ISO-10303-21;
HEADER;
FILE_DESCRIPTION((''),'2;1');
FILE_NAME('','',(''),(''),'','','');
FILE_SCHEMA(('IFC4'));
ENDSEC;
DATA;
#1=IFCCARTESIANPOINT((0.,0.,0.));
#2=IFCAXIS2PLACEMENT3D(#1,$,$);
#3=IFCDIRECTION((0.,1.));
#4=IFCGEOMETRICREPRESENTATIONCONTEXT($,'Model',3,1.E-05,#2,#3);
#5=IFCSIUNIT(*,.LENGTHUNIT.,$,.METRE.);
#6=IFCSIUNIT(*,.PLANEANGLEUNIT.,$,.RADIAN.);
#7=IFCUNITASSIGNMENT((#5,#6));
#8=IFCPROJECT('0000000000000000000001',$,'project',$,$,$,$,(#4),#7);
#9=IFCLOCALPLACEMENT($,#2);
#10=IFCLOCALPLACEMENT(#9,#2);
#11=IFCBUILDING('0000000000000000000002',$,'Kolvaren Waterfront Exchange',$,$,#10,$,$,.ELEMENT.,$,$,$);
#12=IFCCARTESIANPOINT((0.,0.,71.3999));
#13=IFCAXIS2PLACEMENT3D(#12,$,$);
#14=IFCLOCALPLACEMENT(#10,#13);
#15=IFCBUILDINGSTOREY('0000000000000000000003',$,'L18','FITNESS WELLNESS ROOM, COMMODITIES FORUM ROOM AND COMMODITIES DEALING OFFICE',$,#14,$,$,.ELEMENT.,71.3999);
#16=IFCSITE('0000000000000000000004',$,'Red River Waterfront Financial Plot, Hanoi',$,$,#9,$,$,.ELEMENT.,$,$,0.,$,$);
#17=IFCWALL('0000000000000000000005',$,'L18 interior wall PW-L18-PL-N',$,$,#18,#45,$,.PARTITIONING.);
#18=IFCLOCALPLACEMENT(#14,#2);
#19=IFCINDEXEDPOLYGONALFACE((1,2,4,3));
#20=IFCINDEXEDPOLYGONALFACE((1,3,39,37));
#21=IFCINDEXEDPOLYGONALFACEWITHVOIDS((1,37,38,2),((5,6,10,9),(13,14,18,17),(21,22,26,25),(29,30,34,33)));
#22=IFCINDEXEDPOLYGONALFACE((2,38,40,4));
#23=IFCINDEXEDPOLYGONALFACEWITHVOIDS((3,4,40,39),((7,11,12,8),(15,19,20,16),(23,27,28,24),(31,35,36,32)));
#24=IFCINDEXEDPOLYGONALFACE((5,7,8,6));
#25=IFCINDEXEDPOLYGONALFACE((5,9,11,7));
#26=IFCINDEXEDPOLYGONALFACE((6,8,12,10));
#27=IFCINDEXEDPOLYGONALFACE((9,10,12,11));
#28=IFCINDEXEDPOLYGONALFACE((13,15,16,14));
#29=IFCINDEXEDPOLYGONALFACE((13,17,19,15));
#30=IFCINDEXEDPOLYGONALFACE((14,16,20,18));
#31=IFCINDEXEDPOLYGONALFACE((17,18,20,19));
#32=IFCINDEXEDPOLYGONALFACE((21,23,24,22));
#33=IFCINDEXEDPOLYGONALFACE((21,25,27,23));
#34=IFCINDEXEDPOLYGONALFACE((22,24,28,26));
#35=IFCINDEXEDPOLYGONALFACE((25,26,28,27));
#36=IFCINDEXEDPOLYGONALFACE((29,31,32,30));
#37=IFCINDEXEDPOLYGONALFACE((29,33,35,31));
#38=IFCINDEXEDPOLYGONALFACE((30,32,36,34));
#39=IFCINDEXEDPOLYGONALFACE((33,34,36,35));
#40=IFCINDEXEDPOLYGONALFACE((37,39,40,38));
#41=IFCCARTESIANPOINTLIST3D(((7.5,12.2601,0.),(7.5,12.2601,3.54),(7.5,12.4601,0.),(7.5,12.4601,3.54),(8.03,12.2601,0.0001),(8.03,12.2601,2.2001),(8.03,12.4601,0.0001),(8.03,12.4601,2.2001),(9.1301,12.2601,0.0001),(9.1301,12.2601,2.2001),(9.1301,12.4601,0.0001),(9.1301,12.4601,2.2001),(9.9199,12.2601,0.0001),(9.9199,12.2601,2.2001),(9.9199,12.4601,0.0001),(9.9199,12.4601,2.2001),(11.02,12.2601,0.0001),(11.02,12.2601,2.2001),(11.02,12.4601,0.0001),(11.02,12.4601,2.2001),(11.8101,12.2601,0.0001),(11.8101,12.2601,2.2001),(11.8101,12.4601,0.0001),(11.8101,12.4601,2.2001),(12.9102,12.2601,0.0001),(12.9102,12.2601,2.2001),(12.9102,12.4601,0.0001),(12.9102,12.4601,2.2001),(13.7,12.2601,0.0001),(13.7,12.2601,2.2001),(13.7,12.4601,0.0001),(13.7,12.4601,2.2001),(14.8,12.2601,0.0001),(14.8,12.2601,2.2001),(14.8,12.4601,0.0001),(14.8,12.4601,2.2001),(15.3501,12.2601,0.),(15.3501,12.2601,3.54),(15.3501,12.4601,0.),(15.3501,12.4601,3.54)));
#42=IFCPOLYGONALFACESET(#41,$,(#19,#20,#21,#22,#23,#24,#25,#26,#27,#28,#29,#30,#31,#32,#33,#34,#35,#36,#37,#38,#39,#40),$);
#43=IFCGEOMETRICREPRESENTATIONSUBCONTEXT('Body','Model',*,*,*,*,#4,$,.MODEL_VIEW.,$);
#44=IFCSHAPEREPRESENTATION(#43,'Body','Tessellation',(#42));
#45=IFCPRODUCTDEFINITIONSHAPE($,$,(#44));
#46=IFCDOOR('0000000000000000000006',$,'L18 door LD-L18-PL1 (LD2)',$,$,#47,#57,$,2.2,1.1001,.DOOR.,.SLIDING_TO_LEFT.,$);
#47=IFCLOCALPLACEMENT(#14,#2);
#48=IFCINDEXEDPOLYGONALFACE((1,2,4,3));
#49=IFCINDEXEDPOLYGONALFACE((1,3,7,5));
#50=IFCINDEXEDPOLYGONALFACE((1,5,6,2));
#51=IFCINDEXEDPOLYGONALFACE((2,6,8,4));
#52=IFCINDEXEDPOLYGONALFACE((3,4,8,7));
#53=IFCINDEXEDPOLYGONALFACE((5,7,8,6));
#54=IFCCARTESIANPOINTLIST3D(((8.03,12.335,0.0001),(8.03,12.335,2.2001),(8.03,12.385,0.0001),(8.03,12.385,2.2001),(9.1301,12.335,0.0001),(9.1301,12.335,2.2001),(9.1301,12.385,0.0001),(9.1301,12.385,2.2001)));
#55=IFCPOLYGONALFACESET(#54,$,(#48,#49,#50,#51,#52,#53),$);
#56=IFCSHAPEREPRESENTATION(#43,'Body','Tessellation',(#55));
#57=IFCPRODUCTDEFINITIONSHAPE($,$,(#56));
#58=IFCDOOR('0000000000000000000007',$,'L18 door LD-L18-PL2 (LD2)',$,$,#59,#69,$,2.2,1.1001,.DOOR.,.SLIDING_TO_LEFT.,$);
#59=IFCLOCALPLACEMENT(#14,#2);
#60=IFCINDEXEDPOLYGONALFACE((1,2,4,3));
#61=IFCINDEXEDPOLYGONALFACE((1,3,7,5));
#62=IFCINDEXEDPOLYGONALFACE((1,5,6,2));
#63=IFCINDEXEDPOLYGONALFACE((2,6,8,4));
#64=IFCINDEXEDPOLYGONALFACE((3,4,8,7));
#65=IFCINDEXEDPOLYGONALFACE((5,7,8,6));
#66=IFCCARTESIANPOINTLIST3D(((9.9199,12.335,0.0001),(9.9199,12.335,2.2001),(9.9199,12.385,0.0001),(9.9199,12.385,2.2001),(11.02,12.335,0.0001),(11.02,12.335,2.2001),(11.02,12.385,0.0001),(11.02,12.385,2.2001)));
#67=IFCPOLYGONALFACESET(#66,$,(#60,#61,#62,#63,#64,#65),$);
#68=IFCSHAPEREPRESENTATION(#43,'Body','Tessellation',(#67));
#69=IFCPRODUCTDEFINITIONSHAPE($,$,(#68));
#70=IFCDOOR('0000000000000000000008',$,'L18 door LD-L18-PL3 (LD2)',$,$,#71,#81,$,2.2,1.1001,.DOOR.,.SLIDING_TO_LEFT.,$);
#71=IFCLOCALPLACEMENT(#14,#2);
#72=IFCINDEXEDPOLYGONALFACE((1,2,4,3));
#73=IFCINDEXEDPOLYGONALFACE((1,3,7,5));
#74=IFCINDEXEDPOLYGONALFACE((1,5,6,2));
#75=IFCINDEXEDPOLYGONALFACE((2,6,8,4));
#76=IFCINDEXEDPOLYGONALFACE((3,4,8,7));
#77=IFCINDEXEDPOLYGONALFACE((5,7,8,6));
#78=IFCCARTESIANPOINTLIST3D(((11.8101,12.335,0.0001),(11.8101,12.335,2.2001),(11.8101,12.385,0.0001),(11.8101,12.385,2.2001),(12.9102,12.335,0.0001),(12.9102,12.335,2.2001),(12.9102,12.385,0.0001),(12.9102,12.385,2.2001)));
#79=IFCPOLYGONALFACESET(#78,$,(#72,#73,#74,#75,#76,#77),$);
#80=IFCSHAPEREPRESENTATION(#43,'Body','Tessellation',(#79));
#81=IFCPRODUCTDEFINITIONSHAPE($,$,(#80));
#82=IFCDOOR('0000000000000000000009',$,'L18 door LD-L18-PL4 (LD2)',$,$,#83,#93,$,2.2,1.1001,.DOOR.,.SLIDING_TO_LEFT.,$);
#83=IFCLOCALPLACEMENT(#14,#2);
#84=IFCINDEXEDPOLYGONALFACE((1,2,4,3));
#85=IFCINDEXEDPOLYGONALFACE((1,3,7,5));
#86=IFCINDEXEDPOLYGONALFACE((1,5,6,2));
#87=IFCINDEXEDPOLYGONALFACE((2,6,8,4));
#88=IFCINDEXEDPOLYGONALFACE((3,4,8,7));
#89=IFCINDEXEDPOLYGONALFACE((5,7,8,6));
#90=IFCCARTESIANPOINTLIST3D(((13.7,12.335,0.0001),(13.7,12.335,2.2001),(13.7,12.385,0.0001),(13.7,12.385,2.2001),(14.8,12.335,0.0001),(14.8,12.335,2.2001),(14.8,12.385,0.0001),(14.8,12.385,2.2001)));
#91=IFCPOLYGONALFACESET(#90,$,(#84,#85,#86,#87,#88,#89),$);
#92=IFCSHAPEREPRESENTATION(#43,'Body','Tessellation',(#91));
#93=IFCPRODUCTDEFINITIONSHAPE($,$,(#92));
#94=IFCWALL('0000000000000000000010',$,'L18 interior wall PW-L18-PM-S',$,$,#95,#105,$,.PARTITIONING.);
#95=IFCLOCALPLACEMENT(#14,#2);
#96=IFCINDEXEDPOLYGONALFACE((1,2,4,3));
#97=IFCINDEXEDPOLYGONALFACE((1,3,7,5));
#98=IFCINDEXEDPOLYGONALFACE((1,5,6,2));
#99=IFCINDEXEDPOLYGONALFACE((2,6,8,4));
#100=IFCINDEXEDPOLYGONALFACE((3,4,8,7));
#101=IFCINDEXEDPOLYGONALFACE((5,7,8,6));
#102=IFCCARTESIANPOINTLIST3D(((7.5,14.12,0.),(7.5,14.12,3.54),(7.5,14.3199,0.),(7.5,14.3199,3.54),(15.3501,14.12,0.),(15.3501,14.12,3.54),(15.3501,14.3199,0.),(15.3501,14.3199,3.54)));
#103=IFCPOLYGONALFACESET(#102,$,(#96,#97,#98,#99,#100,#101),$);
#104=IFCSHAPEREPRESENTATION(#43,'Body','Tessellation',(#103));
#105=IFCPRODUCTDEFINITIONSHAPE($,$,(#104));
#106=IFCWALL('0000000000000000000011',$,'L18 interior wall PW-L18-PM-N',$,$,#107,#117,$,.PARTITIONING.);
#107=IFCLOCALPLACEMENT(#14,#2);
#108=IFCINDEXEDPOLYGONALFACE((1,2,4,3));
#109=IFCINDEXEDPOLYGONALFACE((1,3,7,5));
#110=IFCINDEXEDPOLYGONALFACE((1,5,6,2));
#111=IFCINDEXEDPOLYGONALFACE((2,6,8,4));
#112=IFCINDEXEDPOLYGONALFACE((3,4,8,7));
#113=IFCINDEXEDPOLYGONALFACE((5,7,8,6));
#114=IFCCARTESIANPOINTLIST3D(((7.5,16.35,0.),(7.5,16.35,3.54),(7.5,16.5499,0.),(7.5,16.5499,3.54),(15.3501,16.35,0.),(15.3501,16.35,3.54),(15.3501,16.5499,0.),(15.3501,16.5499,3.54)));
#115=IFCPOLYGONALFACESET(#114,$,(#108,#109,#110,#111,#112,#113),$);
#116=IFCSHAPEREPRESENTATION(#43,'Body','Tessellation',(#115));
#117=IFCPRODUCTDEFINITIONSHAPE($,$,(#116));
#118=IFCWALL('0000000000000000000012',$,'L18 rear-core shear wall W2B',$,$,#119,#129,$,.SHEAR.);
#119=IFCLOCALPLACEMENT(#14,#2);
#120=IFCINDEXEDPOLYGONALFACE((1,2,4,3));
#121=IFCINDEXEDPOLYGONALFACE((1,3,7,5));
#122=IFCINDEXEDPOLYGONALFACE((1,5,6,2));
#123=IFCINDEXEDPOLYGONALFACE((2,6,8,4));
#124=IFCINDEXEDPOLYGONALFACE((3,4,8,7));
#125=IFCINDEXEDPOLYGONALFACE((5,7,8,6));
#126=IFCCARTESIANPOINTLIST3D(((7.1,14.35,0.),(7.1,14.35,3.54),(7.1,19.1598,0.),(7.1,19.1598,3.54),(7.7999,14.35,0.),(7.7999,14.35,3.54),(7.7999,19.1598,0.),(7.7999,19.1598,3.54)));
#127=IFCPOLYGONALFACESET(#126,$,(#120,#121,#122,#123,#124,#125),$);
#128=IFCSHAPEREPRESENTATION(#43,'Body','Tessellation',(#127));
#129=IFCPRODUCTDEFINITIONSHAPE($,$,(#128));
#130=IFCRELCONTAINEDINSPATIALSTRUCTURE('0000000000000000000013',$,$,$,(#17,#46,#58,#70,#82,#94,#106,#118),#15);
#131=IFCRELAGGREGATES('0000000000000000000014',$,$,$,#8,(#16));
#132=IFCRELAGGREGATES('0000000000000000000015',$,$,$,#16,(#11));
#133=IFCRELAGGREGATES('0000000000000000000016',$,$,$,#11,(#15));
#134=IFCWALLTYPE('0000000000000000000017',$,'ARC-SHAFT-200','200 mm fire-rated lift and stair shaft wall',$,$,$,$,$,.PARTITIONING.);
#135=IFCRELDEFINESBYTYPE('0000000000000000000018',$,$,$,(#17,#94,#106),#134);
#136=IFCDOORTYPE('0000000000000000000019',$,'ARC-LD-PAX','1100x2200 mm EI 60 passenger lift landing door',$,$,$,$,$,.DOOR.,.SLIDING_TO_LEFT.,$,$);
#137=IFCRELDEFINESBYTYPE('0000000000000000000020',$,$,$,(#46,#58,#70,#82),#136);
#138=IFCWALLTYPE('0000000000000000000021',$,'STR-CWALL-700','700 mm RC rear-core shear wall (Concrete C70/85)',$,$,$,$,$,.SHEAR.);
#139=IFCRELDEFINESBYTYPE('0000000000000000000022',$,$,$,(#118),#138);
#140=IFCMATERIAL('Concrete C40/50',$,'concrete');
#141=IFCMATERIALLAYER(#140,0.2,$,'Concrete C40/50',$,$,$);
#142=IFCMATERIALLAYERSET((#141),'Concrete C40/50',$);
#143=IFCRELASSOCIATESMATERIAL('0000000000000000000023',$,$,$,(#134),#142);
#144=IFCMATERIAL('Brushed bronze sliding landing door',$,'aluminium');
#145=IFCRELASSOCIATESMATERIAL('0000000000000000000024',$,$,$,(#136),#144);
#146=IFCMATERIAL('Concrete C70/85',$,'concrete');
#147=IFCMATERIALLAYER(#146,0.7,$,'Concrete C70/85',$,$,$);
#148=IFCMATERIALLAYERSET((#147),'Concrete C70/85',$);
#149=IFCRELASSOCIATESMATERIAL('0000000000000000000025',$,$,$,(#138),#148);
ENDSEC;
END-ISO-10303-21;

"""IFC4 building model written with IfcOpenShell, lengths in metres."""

from ifc_helpers import new_model, si_unit, direction, frame, frame_2d, origin, place, context, subcontext, project, spatial, rectangle, extrude, material, layer, layer_set, type_object, element, fill, save


model = new_model("IFC4")

# Units and contexts
model_context = context("Model", 3, precision=1e-05, world=origin(), true_north=direction((0.0, 1.0)))
body_context = subcontext(model_context, "Body", "Model", "MODEL_VIEW")
ifc_project = project(units=[si_unit("LENGTHUNIT", "METRE"), si_unit("PLANEANGLEUNIT", "RADIAN")], contexts=[model_context])

# Site, building, storey
site_placement = place(None, origin())
site = spatial("IfcSite", under=ifc_project, at=site_placement, Name="Red River Waterfront Financial Plot, Hanoi", CompositionType="ELEMENT", RefElevation=0.0)
building_placement = place(site_placement, origin())
building = spatial("IfcBuilding", under=site, at=building_placement, Name="Kolvaren Waterfront Exchange", CompositionType="ELEMENT")
storey_placement = place(building_placement, frame((0.0, 0.0, 71.3999)))
storey = spatial("IfcBuildingStorey", under=building, at=storey_placement, Name="L18", Description="FITNESS WELLNESS ROOM, COMMODITIES FORUM ROOM AND COMMODITIES DEALING OFFICE", CompositionType="ELEMENT", Elevation=71.3999)

# Wall, openings, doors
ifc_material_1 = material(Name="Concrete C40/50", Category="concrete")
ifc_layer_1 = layer(ifc_material_1, 0.2, Name="Concrete C40/50")
ifc_layer_set_1 = layer_set([ifc_layer_1], Name="Concrete C40/50")
wall_type_1 = type_object("IfcWallType", Name="ARC-SHAFT-200", Description="200 mm fire-rated lift and stair shaft wall", PredefinedType="PARTITIONING", material=ifc_layer_set_1)
wall_1_placement = place(storey_placement, frame((7.5, 12.3601, 0.0), z_axis=(0.0, 0.0, 1.0), x_axis=(1.0, 0.0, 0.0)))
wall_1 = element("IfcWall", 1, at=wall_1_placement, inside=storey, type_object=wall_type_1, Name="L18 interior wall PW-L18-PL-N", PredefinedType="PARTITIONING", context=body_context, shape_type="SweptSolid", body=[
    extrude(rectangle(XDim=7.8501, YDim=0.2, at=frame_2d((3.925, 0.0))), origin(), (0.0, 0.0, 1.0), 3.54),
])
opening_1_placement = place(wall_1_placement, frame((0.53, 0.0, 0.0)))
opening_1 = element("IfcOpeningElement", 2, at=opening_1_placement, cuts=wall_1, PredefinedType="OPENING", context=body_context, shape_type="SweptSolid", body=[
    extrude(rectangle(XDim=1.1001, YDim=2.2, at=frame_2d((0.55, 1.1001))), frame((0.0, 0.1099, 0.0), z_axis=(0.0, -1.0, 0.0), x_axis=(1.0, 0.0, 0.0)), (0.0, 0.0, 1.0), 0.22),
])
opening_2_placement = place(wall_1_placement, frame((2.4199, 0.0, 0.0)))
opening_2 = element("IfcOpeningElement", 3, at=opening_2_placement, cuts=wall_1, PredefinedType="OPENING", context=body_context, shape_type="SweptSolid", body=[
    extrude(rectangle(XDim=1.1001, YDim=2.2, at=frame_2d((0.55, 1.1001))), frame((0.0, 0.1099, 0.0), z_axis=(0.0, -1.0, 0.0), x_axis=(1.0, 0.0, 0.0)), (0.0, 0.0, 1.0), 0.22),
])
opening_3_placement = place(wall_1_placement, frame((4.3101, 0.0, 0.0)))
opening_3 = element("IfcOpeningElement", 4, at=opening_3_placement, cuts=wall_1, PredefinedType="OPENING", context=body_context, shape_type="SweptSolid", body=[
    extrude(rectangle(XDim=1.1001, YDim=2.2, at=frame_2d((0.55, 1.1001))), frame((0.0, 0.1099, 0.0), z_axis=(0.0, -1.0, 0.0), x_axis=(1.0, 0.0, 0.0)), (0.0, 0.0, 1.0), 0.22),
])
opening_4_placement = place(wall_1_placement, frame((6.2, 0.0, 0.0)))
opening_4 = element("IfcOpeningElement", 5, at=opening_4_placement, cuts=wall_1, PredefinedType="OPENING", context=body_context, shape_type="SweptSolid", body=[
    extrude(rectangle(XDim=1.1001, YDim=2.2, at=frame_2d((0.55, 1.1001))), frame((0.0, 0.1099, 0.0), z_axis=(0.0, -1.0, 0.0), x_axis=(1.0, 0.0, 0.0)), (0.0, 0.0, 1.0), 0.22),
])
ifc_material_2 = material(Name="Brushed bronze sliding landing door", Category="aluminium")
door_type = type_object("IfcDoorType", Name="ARC-LD-PAX", Description="1100x2200 mm EI 60 passenger lift landing door", OperationType="SLIDING_TO_LEFT", PredefinedType="DOOR", material=ifc_material_2)
door_1_placement = place(opening_1_placement, origin())
door_1 = element("IfcDoor", 6, at=door_1_placement, inside=storey, type_object=door_type, Name="L18 door LD-L18-PL1 (LD2)", OperationType="SLIDING_TO_LEFT", OverallHeight=2.2, OverallWidth=1.1001, PredefinedType="DOOR", context=body_context, shape_type="SweptSolid", body=[
    extrude(rectangle(XDim=1.1001, YDim=2.2, at=frame_2d((0.55, 1.1001))), frame((0.0, 0.0249, 0.0), z_axis=(0.0, -1.0, 0.0), x_axis=(1.0, 0.0, 0.0)), (0.0, 0.0, 1.0), 0.05),
])
fill(opening_1, door_1)
door_2_placement = place(opening_2_placement, origin())
door_2 = element("IfcDoor", 7, at=door_2_placement, inside=storey, type_object=door_type, Name="L18 door LD-L18-PL2 (LD2)", OperationType="SLIDING_TO_LEFT", OverallHeight=2.2, OverallWidth=1.1001, PredefinedType="DOOR", context=body_context, shape_type="SweptSolid", body=[
    extrude(rectangle(XDim=1.1001, YDim=2.2, at=frame_2d((0.55, 1.1001))), frame((0.0, 0.0249, 0.0), z_axis=(0.0, -1.0, 0.0), x_axis=(1.0, 0.0, 0.0)), (0.0, 0.0, 1.0), 0.05),
])
fill(opening_2, door_2)
door_3_placement = place(opening_3_placement, origin())
door_3 = element("IfcDoor", 8, at=door_3_placement, inside=storey, type_object=door_type, Name="L18 door LD-L18-PL3 (LD2)", OperationType="SLIDING_TO_LEFT", OverallHeight=2.2, OverallWidth=1.1001, PredefinedType="DOOR", context=body_context, shape_type="SweptSolid", body=[
    extrude(rectangle(XDim=1.1001, YDim=2.2, at=frame_2d((0.55, 1.1001))), frame((0.0, 0.0249, 0.0), z_axis=(0.0, -1.0, 0.0), x_axis=(1.0, 0.0, 0.0)), (0.0, 0.0, 1.0), 0.05),
])
fill(opening_3, door_3)
door_4_placement = place(opening_4_placement, origin())
door_4 = element("IfcDoor", 9, at=door_4_placement, inside=storey, type_object=door_type, Name="L18 door LD-L18-PL4 (LD2)", OperationType="SLIDING_TO_LEFT", OverallHeight=2.2, OverallWidth=1.1001, PredefinedType="DOOR", context=body_context, shape_type="SweptSolid", body=[
    extrude(rectangle(XDim=1.1001, YDim=2.2, at=frame_2d((0.55, 1.1001))), frame((0.0, 0.0249, 0.0), z_axis=(0.0, -1.0, 0.0), x_axis=(1.0, 0.0, 0.0)), (0.0, 0.0, 1.0), 0.05),
])
fill(opening_4, door_4)

# Walls
for number, where, z_axis, x_axis, name in (
    (10, (7.5, 14.22, 0.0), (0.0, 0.0, 1.0), (1.0, 0.0, 0.0), "L18 interior wall PW-L18-PM-S"),
    (11, (7.5, 16.45, 0.0), (0.0, 0.0, 1.0), (1.0, 0.0, 0.0), "L18 interior wall PW-L18-PM-N"),
):
    element("IfcWall", number, at=place(storey_placement, frame(where, z_axis=z_axis, x_axis=x_axis)), inside=storey, type_object=wall_type_1, Name=name, PredefinedType="PARTITIONING", context=body_context, shape_type="SweptSolid", body=[
        extrude(rectangle(XDim=7.8501, YDim=0.2, at=frame_2d((3.925, 0.0))), origin(), (0.0, 0.0, 1.0), 3.54),
    ])
ifc_material_3 = material(Name="Concrete C70/85", Category="concrete")
ifc_layer_2 = layer(ifc_material_3, 0.7, Name="Concrete C70/85")
ifc_layer_set_2 = layer_set([ifc_layer_2], Name="Concrete C70/85")
wall_type_2 = type_object("IfcWallType", Name="STR-CWALL-700", Description="700 mm RC rear-core shear wall (Concrete C70/85)", PredefinedType="SHEAR", material=ifc_layer_set_2)
wall_2_placement = place(storey_placement, frame((7.45, 14.3501, 0.0), z_axis=(0.0, 0.0, 1.0), x_axis=(0.0, 1.0, 0.0)))
element("IfcWall", 12, at=wall_2_placement, inside=storey, type_object=wall_type_2, Name="L18 rear-core shear wall W2B", PredefinedType="SHEAR", context=body_context, shape_type="SweptSolid", body=[
    extrude(rectangle(XDim=4.8098, YDim=0.7, at=frame_2d((2.4048, 0.0))), origin(), (0.0, 0.0, 1.0), 3.54),
])

save(model, "model.ifc")
